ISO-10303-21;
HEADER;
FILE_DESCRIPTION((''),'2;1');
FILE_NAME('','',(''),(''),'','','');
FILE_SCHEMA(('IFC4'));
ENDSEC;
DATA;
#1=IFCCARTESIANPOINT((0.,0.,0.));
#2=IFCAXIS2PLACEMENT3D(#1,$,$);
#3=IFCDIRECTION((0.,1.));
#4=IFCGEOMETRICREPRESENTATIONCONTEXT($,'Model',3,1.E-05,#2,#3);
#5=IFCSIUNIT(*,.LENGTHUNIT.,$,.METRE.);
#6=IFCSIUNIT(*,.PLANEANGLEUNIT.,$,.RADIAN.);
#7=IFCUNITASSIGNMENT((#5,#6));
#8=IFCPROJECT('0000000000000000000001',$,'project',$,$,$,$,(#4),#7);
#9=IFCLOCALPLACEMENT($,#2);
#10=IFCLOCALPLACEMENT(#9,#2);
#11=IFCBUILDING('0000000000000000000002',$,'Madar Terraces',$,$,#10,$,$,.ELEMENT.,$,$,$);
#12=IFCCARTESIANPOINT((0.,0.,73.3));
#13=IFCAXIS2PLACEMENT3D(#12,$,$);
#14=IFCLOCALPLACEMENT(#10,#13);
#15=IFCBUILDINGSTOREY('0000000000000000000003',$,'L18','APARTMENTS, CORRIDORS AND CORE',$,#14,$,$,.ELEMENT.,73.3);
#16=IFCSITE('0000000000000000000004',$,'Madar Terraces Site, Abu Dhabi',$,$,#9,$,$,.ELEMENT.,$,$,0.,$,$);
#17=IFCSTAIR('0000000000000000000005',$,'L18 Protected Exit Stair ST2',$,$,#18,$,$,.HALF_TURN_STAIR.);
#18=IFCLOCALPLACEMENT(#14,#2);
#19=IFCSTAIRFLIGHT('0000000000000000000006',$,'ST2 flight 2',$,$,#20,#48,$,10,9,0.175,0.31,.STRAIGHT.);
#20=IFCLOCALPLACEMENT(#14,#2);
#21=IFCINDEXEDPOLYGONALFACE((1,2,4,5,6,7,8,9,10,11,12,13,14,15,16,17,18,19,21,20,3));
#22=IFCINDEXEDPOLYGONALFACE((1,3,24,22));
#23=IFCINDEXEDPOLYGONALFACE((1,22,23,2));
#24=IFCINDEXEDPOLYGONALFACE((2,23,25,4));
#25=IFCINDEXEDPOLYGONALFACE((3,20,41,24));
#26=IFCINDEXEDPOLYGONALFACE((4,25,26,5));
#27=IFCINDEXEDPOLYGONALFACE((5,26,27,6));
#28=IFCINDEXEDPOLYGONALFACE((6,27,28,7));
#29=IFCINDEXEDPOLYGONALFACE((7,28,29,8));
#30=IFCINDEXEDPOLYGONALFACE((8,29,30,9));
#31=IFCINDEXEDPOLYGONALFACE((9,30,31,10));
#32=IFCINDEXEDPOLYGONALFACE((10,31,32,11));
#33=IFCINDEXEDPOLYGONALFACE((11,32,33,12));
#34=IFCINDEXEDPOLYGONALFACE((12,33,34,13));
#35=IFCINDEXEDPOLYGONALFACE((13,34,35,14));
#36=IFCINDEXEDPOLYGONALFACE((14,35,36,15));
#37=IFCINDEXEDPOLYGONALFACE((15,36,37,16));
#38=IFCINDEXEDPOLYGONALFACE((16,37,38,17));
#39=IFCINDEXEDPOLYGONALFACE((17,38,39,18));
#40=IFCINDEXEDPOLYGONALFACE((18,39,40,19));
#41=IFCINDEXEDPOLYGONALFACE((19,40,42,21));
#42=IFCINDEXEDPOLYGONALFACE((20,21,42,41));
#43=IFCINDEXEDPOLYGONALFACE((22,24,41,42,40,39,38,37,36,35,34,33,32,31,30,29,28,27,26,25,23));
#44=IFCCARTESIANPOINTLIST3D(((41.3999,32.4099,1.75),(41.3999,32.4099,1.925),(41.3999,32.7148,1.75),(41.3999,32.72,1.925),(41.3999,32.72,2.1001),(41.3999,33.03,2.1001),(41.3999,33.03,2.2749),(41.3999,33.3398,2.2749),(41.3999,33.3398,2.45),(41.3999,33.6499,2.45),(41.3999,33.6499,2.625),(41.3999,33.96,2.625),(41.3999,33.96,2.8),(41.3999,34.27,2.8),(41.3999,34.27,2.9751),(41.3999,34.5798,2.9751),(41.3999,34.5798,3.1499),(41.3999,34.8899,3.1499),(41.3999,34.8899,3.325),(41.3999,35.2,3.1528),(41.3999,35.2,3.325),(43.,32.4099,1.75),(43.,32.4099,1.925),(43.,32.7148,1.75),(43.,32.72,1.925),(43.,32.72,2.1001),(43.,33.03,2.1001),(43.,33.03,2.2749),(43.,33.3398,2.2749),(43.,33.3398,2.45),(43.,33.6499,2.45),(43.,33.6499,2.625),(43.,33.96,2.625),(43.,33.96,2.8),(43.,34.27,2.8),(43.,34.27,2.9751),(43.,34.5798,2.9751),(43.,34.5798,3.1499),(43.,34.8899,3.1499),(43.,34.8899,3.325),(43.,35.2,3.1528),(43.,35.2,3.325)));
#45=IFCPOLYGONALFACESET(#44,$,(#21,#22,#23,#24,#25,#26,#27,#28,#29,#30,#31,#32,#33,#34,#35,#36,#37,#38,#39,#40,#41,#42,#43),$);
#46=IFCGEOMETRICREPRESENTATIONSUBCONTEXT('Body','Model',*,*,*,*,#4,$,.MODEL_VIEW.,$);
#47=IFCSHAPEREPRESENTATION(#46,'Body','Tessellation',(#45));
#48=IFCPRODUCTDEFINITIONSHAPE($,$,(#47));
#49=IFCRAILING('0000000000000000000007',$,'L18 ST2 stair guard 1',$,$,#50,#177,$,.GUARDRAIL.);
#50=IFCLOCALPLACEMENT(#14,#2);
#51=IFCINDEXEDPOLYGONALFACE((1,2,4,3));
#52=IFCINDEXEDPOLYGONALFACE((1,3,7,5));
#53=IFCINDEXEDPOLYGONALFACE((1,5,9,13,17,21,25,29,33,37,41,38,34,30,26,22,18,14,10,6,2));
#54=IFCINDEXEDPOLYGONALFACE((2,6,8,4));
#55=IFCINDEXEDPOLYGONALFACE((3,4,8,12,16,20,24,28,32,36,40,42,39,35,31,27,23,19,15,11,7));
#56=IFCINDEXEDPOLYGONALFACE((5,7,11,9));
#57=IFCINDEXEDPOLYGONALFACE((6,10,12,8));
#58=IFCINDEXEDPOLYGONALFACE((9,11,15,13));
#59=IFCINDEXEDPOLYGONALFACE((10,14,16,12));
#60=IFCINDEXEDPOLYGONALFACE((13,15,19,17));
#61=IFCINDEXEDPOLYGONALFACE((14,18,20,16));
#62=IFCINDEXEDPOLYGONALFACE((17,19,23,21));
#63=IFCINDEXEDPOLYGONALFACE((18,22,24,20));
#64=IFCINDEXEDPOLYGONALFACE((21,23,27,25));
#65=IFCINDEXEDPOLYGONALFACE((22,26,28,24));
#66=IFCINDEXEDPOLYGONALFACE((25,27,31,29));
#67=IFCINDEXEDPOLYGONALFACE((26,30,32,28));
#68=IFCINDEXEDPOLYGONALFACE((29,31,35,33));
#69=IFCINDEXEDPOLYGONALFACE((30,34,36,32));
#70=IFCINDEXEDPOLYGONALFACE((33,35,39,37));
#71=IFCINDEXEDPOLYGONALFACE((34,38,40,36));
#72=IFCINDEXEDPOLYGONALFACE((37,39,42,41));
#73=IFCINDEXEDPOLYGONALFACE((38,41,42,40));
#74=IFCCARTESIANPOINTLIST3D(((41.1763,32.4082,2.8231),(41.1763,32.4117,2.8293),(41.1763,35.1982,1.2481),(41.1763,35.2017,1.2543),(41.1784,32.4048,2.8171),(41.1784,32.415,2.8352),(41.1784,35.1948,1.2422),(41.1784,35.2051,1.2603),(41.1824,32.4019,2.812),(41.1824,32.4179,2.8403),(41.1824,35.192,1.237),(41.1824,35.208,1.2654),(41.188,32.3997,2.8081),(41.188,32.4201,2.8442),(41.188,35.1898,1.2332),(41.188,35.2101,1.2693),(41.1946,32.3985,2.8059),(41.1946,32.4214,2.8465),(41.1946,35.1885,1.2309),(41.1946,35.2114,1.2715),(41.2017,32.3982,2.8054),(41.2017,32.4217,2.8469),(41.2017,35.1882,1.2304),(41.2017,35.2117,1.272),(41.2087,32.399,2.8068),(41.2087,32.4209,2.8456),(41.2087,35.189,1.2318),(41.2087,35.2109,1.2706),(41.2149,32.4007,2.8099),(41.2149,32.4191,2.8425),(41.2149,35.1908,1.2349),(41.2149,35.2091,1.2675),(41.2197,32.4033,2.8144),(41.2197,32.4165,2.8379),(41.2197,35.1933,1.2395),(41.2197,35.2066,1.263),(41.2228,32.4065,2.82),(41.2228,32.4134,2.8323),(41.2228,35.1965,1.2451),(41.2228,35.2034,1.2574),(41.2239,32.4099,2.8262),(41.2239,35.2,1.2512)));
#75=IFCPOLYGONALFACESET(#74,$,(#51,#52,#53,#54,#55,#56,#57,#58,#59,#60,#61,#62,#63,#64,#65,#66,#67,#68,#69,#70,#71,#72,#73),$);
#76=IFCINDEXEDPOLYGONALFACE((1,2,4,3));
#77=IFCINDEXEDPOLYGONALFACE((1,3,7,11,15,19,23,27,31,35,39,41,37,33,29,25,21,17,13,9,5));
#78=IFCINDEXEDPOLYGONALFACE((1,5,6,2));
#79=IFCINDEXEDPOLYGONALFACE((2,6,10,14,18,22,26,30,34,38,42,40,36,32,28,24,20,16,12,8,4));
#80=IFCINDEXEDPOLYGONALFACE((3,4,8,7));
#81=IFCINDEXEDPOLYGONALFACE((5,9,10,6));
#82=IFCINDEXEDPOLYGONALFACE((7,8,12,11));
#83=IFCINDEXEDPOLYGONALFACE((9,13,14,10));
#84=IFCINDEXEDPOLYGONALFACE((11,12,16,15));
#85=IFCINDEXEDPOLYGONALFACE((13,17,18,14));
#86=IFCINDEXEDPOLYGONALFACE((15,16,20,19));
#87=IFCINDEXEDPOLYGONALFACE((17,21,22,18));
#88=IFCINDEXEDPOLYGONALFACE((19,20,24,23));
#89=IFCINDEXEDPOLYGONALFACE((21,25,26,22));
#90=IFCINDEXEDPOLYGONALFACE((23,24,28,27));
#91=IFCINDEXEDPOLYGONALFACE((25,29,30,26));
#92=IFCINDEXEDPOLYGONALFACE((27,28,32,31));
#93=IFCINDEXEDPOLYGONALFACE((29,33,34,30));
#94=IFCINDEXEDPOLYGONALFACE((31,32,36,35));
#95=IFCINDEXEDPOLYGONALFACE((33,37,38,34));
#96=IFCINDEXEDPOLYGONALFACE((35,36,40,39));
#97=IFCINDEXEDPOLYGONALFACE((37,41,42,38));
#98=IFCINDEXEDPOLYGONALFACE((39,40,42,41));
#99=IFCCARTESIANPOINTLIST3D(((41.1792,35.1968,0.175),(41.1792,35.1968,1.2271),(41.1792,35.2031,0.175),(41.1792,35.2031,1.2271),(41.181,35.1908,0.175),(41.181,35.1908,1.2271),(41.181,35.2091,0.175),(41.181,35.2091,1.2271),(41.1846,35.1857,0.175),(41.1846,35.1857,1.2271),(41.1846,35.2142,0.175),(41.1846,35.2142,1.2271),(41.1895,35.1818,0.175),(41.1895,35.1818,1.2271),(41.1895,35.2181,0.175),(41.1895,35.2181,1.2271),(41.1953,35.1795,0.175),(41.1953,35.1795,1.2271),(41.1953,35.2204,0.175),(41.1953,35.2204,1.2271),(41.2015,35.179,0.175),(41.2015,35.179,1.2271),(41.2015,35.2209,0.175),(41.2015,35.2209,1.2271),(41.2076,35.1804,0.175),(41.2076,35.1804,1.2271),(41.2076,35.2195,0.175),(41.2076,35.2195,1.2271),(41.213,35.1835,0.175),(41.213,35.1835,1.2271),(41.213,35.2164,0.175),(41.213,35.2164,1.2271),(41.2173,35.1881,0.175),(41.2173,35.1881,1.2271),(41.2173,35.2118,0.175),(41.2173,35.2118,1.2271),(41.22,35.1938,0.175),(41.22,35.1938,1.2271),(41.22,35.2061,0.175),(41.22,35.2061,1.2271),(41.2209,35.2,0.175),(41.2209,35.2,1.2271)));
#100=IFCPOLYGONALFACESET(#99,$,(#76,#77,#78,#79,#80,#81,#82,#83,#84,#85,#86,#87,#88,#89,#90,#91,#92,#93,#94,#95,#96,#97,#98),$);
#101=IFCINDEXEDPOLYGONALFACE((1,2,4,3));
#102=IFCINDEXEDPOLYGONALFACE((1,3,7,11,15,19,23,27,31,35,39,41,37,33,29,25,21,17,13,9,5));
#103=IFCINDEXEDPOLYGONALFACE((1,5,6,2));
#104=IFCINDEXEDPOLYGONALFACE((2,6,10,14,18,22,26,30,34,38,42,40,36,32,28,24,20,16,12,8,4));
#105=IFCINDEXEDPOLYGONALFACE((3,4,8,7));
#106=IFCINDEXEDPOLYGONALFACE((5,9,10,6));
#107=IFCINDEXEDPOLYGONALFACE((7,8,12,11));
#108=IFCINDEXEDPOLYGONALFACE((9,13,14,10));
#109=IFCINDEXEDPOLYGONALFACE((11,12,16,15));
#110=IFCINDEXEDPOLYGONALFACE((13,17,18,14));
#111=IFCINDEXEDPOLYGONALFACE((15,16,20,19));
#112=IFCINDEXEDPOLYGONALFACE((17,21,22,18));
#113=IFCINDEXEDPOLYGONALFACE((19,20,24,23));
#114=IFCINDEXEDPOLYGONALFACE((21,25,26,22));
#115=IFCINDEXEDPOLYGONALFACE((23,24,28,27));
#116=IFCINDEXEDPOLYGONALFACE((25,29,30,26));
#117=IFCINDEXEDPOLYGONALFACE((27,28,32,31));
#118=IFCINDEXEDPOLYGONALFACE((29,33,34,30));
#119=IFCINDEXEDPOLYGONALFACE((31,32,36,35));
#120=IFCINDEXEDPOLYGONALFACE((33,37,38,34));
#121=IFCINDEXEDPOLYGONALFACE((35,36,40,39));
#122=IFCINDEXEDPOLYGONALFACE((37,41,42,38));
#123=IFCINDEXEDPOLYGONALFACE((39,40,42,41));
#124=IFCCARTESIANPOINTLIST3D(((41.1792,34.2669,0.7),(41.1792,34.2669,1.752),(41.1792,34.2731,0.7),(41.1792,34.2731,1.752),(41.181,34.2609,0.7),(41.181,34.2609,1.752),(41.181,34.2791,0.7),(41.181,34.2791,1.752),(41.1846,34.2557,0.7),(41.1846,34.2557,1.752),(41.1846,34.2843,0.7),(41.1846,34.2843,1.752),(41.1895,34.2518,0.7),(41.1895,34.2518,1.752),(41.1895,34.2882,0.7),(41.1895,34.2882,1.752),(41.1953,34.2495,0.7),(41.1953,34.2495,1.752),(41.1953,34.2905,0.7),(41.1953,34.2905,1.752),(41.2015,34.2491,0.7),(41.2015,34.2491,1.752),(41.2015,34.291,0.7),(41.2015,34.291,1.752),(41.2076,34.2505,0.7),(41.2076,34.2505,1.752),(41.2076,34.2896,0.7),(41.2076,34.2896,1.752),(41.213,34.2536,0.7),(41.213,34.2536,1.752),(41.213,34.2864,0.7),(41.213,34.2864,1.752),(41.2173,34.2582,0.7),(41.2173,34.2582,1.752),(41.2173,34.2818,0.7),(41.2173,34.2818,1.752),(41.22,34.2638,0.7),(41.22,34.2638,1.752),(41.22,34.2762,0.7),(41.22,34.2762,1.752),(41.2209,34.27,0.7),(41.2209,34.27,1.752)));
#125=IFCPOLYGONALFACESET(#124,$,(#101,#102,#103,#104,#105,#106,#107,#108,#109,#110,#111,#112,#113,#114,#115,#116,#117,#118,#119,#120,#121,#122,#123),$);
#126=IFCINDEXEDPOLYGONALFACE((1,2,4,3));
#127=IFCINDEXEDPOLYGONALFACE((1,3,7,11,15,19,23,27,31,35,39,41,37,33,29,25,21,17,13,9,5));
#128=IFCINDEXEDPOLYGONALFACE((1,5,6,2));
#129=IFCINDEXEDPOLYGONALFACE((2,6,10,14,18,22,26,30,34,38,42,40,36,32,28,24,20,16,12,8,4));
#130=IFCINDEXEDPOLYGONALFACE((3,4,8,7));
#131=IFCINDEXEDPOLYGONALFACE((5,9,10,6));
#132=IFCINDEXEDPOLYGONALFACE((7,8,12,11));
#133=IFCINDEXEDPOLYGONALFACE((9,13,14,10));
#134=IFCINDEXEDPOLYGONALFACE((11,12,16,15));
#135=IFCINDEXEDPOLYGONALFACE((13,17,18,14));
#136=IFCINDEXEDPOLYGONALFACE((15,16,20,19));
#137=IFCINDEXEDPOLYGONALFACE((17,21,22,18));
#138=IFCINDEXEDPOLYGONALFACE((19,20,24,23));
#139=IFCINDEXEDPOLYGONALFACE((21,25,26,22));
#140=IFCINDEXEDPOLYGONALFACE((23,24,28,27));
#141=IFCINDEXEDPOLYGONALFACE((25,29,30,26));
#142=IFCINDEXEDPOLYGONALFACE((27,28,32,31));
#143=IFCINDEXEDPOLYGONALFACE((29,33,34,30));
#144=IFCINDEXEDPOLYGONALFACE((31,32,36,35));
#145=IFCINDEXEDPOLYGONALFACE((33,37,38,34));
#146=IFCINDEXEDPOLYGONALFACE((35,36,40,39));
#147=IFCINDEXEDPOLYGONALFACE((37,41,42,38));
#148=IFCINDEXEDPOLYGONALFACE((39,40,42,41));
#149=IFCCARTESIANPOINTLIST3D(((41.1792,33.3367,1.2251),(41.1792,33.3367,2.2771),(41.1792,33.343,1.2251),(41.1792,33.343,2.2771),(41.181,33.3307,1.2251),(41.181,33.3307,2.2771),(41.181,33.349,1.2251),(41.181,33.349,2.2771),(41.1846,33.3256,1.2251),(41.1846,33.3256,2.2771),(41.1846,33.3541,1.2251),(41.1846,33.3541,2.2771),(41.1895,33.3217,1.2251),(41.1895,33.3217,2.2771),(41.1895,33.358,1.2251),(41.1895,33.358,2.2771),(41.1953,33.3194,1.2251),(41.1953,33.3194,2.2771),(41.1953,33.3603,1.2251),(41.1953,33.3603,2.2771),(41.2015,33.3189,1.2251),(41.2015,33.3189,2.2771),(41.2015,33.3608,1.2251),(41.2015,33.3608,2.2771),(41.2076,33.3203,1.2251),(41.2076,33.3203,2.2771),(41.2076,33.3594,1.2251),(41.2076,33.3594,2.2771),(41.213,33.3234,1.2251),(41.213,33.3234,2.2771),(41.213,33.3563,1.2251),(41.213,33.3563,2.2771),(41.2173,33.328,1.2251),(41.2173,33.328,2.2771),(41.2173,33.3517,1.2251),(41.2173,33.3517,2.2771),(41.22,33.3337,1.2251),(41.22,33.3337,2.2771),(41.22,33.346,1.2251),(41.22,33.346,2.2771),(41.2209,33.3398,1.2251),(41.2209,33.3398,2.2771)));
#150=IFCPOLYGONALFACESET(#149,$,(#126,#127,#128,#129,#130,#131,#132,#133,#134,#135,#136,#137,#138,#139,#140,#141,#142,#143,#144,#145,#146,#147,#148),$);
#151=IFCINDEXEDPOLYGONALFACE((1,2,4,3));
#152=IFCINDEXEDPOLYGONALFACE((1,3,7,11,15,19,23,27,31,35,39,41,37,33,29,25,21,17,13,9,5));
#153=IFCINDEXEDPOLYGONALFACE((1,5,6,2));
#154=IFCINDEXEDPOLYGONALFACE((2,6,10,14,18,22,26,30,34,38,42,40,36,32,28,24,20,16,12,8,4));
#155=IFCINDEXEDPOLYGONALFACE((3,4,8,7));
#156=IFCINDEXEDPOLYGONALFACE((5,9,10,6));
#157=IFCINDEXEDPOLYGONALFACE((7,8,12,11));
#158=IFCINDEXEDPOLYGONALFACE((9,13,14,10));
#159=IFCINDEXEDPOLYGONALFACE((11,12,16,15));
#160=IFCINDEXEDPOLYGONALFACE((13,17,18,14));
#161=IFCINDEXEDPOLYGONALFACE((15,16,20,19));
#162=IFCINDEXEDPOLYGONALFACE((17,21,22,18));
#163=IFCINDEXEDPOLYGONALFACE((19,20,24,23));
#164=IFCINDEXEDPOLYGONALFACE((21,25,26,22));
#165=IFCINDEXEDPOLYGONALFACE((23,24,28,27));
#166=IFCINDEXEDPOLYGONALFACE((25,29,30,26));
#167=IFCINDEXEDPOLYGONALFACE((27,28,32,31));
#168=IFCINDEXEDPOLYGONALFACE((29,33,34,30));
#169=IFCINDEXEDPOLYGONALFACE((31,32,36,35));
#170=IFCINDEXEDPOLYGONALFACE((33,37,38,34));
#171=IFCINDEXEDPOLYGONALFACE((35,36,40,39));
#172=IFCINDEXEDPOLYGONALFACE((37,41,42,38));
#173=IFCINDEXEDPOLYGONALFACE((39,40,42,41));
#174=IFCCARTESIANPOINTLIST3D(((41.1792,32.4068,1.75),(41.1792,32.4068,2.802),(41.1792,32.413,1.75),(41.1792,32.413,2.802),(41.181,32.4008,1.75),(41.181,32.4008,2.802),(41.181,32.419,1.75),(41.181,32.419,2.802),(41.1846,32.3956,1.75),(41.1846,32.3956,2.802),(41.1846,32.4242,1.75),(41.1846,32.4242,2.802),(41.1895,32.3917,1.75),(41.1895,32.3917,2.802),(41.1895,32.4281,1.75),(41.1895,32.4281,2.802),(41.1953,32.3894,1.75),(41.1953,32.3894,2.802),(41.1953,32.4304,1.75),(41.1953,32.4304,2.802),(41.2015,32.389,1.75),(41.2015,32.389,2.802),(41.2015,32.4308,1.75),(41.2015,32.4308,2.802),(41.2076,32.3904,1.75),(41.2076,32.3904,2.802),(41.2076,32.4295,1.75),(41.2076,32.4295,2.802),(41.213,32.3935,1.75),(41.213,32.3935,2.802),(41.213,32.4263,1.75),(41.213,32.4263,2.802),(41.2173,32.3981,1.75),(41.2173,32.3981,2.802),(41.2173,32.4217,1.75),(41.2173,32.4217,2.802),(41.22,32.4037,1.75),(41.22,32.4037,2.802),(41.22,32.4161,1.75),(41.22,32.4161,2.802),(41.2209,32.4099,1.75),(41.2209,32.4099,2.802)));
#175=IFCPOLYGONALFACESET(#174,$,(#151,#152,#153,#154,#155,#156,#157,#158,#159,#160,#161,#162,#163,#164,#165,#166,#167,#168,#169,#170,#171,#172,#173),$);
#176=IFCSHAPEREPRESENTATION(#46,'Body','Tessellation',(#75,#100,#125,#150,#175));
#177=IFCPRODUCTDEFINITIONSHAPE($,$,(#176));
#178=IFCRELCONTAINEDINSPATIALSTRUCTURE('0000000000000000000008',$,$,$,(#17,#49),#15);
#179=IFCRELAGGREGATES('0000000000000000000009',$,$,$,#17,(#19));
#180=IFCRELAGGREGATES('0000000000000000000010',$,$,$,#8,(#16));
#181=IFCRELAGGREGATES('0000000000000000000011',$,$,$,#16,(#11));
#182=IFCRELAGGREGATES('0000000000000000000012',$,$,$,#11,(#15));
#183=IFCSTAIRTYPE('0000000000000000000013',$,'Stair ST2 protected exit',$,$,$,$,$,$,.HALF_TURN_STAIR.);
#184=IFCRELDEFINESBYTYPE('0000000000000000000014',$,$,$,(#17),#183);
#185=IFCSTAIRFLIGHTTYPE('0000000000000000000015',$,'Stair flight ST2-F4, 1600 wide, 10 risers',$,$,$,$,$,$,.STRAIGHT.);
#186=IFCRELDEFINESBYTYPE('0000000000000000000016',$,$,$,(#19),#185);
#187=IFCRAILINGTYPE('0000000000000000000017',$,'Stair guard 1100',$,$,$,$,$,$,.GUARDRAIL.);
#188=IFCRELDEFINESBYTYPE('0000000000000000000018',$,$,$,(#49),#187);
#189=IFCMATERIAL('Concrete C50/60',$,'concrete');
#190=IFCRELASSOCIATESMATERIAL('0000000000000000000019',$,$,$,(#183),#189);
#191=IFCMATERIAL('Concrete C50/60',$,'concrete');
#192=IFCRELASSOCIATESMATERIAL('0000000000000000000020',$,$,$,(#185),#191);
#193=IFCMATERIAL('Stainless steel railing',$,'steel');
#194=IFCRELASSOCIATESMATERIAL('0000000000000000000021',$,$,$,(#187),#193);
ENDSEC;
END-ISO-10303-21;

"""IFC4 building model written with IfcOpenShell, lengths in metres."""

from ifc_helpers import new_model, si_unit, direction, frame, origin, origin_2d, place, context, subcontext, project, spatial, polyline, circle, outline, extrude, material, type_object, element, aggregate, save


model = new_model("IFC4")

# Units and contexts
model_context = context("Model", 3, precision=1e-05, world=origin(), true_north=direction((0.0, 1.0)))
body_context = subcontext(model_context, "Body", "Model", "MODEL_VIEW")
ifc_project = project(units=[si_unit("LENGTHUNIT", "METRE"), si_unit("PLANEANGLEUNIT", "RADIAN")], contexts=[model_context])

# Site, building, storey
site_placement = place(None, origin())
site = spatial("IfcSite", under=ifc_project, at=site_placement, Name="Madar Terraces Site, Abu Dhabi", CompositionType="ELEMENT", RefElevation=0.0)
building_placement = place(site_placement, origin())
building = spatial("IfcBuilding", under=site, at=building_placement, Name="Madar Terraces", CompositionType="ELEMENT")
storey_placement = place(building_placement, frame((0.0, 0.0, 73.3)))
storey = spatial("IfcBuildingStorey", under=building, at=storey_placement, Name="L18", Description="APARTMENTS, CORRIDORS AND CORE", CompositionType="ELEMENT", Elevation=73.3)

# Stair, stair flight
ifc_material_1 = material(Name="Concrete C50/60", Category="concrete")
stair_type = type_object("IfcStairType", Name="Stair ST2 protected exit", PredefinedType="HALF_TURN_STAIR", material=ifc_material_1)
stair_placement = place(storey_placement, origin())
stair = element("IfcStair", 1, at=stair_placement, inside=storey, type_object=stair_type, Name="L18 Protected Exit Stair ST2", PredefinedType="HALF_TURN_STAIR")
ifc_material_2 = material(Name="Concrete C50/60", Category="concrete")
stair_flight_type = type_object("IfcStairFlightType", Name="Stair flight ST2-F4, 1600 wide, 10 risers", PredefinedType="STRAIGHT", material=ifc_material_2)
stair_flight_1_placement = place(storey_placement, frame((42.2, 32.4099, 1.75), z_axis=(0.0, 0.0, 1.0), x_axis=(0.0, 1.0, 0.0)))
stair_flight_1 = element("IfcStairFlight", 2, at=stair_flight_1_placement, type_object=stair_flight_type, Name="ST2 flight 2", NumberOfRisers=10, NumberOfTreads=9, PredefinedType="STRAIGHT", RiserHeight=0.175, TreadLength=0.31, context=body_context, shape_type="SweptSolid", body=[
    extrude(outline(polyline([(0.0, 0.0), (0.0, 0.175), (0.3101, 0.175), (0.3101, 0.3501), (0.6201, 0.3501), (0.6201, 0.5249), (0.9299, 0.5249), (0.9299, 0.7), (1.24, 0.7), (1.24, 0.875), (1.55, 0.875), (1.55, 1.05), (1.8601, 1.05), (1.8601, 1.2251), (2.1699, 1.2251), (2.1699, 1.3999), (2.48, 1.3999), (2.48, 1.575), (2.79, 1.575), (2.79, 1.75), (2.79, 1.4028), (0.3049, 0.0), (0.0, 0.0)])), frame((0.0, 0.8, 0.0), z_axis=(0.0, -1.0, 0.0), x_axis=(1.0, 0.0, 0.0)), (0.0, 0.0, 1.0), 1.6001),
])
aggregate(stair, [stair_flight_1])

# Railing
ifc_material_3 = material(Name="Stainless steel railing", Category="steel")
railing_type_1 = type_object("IfcRailingType", Name="Stair guard 1100", PredefinedType="GUARDRAIL", material=ifc_material_3)
railing_1_placement = place(storey_placement, frame((41.2, 35.2, 0.175)))
element("IfcRailing", 3, at=railing_1_placement, inside=storey, type_object=railing_type_1, Name="L18 ST2 stair guard 1", PredefinedType="GUARDRAIL", context=body_context, shape_type="SweptSolid", body=[
    extrude(circle(Radius=0.0239, at=origin_2d()), frame((0.0, 0.0, 1.0762), z_axis=(0.0, -0.870834, 0.491578), x_axis=(1.0, 0.0, 0.0)), (0.0, 0.0, 1.0), 3.2039),
    extrude(circle(Radius=0.021, at=origin_2d()), origin(), (0.0, 0.0, 1.0), 1.052),
    extrude(circle(Radius=0.021, at=origin_2d()), frame((0.0, -0.9299, 0.5249)), (0.0, 0.0, 1.0), 1.052),
    extrude(circle(Radius=0.021, at=origin_2d()), frame((0.0, -1.8601, 1.05)), (0.0, 0.0, 1.0), 1.052),
    extrude(circle(Radius=0.021, at=origin_2d()), frame((0.0, -2.79, 1.575)), (0.0, 0.0, 1.0), 1.052),
])

save(model, "model.ifc")
